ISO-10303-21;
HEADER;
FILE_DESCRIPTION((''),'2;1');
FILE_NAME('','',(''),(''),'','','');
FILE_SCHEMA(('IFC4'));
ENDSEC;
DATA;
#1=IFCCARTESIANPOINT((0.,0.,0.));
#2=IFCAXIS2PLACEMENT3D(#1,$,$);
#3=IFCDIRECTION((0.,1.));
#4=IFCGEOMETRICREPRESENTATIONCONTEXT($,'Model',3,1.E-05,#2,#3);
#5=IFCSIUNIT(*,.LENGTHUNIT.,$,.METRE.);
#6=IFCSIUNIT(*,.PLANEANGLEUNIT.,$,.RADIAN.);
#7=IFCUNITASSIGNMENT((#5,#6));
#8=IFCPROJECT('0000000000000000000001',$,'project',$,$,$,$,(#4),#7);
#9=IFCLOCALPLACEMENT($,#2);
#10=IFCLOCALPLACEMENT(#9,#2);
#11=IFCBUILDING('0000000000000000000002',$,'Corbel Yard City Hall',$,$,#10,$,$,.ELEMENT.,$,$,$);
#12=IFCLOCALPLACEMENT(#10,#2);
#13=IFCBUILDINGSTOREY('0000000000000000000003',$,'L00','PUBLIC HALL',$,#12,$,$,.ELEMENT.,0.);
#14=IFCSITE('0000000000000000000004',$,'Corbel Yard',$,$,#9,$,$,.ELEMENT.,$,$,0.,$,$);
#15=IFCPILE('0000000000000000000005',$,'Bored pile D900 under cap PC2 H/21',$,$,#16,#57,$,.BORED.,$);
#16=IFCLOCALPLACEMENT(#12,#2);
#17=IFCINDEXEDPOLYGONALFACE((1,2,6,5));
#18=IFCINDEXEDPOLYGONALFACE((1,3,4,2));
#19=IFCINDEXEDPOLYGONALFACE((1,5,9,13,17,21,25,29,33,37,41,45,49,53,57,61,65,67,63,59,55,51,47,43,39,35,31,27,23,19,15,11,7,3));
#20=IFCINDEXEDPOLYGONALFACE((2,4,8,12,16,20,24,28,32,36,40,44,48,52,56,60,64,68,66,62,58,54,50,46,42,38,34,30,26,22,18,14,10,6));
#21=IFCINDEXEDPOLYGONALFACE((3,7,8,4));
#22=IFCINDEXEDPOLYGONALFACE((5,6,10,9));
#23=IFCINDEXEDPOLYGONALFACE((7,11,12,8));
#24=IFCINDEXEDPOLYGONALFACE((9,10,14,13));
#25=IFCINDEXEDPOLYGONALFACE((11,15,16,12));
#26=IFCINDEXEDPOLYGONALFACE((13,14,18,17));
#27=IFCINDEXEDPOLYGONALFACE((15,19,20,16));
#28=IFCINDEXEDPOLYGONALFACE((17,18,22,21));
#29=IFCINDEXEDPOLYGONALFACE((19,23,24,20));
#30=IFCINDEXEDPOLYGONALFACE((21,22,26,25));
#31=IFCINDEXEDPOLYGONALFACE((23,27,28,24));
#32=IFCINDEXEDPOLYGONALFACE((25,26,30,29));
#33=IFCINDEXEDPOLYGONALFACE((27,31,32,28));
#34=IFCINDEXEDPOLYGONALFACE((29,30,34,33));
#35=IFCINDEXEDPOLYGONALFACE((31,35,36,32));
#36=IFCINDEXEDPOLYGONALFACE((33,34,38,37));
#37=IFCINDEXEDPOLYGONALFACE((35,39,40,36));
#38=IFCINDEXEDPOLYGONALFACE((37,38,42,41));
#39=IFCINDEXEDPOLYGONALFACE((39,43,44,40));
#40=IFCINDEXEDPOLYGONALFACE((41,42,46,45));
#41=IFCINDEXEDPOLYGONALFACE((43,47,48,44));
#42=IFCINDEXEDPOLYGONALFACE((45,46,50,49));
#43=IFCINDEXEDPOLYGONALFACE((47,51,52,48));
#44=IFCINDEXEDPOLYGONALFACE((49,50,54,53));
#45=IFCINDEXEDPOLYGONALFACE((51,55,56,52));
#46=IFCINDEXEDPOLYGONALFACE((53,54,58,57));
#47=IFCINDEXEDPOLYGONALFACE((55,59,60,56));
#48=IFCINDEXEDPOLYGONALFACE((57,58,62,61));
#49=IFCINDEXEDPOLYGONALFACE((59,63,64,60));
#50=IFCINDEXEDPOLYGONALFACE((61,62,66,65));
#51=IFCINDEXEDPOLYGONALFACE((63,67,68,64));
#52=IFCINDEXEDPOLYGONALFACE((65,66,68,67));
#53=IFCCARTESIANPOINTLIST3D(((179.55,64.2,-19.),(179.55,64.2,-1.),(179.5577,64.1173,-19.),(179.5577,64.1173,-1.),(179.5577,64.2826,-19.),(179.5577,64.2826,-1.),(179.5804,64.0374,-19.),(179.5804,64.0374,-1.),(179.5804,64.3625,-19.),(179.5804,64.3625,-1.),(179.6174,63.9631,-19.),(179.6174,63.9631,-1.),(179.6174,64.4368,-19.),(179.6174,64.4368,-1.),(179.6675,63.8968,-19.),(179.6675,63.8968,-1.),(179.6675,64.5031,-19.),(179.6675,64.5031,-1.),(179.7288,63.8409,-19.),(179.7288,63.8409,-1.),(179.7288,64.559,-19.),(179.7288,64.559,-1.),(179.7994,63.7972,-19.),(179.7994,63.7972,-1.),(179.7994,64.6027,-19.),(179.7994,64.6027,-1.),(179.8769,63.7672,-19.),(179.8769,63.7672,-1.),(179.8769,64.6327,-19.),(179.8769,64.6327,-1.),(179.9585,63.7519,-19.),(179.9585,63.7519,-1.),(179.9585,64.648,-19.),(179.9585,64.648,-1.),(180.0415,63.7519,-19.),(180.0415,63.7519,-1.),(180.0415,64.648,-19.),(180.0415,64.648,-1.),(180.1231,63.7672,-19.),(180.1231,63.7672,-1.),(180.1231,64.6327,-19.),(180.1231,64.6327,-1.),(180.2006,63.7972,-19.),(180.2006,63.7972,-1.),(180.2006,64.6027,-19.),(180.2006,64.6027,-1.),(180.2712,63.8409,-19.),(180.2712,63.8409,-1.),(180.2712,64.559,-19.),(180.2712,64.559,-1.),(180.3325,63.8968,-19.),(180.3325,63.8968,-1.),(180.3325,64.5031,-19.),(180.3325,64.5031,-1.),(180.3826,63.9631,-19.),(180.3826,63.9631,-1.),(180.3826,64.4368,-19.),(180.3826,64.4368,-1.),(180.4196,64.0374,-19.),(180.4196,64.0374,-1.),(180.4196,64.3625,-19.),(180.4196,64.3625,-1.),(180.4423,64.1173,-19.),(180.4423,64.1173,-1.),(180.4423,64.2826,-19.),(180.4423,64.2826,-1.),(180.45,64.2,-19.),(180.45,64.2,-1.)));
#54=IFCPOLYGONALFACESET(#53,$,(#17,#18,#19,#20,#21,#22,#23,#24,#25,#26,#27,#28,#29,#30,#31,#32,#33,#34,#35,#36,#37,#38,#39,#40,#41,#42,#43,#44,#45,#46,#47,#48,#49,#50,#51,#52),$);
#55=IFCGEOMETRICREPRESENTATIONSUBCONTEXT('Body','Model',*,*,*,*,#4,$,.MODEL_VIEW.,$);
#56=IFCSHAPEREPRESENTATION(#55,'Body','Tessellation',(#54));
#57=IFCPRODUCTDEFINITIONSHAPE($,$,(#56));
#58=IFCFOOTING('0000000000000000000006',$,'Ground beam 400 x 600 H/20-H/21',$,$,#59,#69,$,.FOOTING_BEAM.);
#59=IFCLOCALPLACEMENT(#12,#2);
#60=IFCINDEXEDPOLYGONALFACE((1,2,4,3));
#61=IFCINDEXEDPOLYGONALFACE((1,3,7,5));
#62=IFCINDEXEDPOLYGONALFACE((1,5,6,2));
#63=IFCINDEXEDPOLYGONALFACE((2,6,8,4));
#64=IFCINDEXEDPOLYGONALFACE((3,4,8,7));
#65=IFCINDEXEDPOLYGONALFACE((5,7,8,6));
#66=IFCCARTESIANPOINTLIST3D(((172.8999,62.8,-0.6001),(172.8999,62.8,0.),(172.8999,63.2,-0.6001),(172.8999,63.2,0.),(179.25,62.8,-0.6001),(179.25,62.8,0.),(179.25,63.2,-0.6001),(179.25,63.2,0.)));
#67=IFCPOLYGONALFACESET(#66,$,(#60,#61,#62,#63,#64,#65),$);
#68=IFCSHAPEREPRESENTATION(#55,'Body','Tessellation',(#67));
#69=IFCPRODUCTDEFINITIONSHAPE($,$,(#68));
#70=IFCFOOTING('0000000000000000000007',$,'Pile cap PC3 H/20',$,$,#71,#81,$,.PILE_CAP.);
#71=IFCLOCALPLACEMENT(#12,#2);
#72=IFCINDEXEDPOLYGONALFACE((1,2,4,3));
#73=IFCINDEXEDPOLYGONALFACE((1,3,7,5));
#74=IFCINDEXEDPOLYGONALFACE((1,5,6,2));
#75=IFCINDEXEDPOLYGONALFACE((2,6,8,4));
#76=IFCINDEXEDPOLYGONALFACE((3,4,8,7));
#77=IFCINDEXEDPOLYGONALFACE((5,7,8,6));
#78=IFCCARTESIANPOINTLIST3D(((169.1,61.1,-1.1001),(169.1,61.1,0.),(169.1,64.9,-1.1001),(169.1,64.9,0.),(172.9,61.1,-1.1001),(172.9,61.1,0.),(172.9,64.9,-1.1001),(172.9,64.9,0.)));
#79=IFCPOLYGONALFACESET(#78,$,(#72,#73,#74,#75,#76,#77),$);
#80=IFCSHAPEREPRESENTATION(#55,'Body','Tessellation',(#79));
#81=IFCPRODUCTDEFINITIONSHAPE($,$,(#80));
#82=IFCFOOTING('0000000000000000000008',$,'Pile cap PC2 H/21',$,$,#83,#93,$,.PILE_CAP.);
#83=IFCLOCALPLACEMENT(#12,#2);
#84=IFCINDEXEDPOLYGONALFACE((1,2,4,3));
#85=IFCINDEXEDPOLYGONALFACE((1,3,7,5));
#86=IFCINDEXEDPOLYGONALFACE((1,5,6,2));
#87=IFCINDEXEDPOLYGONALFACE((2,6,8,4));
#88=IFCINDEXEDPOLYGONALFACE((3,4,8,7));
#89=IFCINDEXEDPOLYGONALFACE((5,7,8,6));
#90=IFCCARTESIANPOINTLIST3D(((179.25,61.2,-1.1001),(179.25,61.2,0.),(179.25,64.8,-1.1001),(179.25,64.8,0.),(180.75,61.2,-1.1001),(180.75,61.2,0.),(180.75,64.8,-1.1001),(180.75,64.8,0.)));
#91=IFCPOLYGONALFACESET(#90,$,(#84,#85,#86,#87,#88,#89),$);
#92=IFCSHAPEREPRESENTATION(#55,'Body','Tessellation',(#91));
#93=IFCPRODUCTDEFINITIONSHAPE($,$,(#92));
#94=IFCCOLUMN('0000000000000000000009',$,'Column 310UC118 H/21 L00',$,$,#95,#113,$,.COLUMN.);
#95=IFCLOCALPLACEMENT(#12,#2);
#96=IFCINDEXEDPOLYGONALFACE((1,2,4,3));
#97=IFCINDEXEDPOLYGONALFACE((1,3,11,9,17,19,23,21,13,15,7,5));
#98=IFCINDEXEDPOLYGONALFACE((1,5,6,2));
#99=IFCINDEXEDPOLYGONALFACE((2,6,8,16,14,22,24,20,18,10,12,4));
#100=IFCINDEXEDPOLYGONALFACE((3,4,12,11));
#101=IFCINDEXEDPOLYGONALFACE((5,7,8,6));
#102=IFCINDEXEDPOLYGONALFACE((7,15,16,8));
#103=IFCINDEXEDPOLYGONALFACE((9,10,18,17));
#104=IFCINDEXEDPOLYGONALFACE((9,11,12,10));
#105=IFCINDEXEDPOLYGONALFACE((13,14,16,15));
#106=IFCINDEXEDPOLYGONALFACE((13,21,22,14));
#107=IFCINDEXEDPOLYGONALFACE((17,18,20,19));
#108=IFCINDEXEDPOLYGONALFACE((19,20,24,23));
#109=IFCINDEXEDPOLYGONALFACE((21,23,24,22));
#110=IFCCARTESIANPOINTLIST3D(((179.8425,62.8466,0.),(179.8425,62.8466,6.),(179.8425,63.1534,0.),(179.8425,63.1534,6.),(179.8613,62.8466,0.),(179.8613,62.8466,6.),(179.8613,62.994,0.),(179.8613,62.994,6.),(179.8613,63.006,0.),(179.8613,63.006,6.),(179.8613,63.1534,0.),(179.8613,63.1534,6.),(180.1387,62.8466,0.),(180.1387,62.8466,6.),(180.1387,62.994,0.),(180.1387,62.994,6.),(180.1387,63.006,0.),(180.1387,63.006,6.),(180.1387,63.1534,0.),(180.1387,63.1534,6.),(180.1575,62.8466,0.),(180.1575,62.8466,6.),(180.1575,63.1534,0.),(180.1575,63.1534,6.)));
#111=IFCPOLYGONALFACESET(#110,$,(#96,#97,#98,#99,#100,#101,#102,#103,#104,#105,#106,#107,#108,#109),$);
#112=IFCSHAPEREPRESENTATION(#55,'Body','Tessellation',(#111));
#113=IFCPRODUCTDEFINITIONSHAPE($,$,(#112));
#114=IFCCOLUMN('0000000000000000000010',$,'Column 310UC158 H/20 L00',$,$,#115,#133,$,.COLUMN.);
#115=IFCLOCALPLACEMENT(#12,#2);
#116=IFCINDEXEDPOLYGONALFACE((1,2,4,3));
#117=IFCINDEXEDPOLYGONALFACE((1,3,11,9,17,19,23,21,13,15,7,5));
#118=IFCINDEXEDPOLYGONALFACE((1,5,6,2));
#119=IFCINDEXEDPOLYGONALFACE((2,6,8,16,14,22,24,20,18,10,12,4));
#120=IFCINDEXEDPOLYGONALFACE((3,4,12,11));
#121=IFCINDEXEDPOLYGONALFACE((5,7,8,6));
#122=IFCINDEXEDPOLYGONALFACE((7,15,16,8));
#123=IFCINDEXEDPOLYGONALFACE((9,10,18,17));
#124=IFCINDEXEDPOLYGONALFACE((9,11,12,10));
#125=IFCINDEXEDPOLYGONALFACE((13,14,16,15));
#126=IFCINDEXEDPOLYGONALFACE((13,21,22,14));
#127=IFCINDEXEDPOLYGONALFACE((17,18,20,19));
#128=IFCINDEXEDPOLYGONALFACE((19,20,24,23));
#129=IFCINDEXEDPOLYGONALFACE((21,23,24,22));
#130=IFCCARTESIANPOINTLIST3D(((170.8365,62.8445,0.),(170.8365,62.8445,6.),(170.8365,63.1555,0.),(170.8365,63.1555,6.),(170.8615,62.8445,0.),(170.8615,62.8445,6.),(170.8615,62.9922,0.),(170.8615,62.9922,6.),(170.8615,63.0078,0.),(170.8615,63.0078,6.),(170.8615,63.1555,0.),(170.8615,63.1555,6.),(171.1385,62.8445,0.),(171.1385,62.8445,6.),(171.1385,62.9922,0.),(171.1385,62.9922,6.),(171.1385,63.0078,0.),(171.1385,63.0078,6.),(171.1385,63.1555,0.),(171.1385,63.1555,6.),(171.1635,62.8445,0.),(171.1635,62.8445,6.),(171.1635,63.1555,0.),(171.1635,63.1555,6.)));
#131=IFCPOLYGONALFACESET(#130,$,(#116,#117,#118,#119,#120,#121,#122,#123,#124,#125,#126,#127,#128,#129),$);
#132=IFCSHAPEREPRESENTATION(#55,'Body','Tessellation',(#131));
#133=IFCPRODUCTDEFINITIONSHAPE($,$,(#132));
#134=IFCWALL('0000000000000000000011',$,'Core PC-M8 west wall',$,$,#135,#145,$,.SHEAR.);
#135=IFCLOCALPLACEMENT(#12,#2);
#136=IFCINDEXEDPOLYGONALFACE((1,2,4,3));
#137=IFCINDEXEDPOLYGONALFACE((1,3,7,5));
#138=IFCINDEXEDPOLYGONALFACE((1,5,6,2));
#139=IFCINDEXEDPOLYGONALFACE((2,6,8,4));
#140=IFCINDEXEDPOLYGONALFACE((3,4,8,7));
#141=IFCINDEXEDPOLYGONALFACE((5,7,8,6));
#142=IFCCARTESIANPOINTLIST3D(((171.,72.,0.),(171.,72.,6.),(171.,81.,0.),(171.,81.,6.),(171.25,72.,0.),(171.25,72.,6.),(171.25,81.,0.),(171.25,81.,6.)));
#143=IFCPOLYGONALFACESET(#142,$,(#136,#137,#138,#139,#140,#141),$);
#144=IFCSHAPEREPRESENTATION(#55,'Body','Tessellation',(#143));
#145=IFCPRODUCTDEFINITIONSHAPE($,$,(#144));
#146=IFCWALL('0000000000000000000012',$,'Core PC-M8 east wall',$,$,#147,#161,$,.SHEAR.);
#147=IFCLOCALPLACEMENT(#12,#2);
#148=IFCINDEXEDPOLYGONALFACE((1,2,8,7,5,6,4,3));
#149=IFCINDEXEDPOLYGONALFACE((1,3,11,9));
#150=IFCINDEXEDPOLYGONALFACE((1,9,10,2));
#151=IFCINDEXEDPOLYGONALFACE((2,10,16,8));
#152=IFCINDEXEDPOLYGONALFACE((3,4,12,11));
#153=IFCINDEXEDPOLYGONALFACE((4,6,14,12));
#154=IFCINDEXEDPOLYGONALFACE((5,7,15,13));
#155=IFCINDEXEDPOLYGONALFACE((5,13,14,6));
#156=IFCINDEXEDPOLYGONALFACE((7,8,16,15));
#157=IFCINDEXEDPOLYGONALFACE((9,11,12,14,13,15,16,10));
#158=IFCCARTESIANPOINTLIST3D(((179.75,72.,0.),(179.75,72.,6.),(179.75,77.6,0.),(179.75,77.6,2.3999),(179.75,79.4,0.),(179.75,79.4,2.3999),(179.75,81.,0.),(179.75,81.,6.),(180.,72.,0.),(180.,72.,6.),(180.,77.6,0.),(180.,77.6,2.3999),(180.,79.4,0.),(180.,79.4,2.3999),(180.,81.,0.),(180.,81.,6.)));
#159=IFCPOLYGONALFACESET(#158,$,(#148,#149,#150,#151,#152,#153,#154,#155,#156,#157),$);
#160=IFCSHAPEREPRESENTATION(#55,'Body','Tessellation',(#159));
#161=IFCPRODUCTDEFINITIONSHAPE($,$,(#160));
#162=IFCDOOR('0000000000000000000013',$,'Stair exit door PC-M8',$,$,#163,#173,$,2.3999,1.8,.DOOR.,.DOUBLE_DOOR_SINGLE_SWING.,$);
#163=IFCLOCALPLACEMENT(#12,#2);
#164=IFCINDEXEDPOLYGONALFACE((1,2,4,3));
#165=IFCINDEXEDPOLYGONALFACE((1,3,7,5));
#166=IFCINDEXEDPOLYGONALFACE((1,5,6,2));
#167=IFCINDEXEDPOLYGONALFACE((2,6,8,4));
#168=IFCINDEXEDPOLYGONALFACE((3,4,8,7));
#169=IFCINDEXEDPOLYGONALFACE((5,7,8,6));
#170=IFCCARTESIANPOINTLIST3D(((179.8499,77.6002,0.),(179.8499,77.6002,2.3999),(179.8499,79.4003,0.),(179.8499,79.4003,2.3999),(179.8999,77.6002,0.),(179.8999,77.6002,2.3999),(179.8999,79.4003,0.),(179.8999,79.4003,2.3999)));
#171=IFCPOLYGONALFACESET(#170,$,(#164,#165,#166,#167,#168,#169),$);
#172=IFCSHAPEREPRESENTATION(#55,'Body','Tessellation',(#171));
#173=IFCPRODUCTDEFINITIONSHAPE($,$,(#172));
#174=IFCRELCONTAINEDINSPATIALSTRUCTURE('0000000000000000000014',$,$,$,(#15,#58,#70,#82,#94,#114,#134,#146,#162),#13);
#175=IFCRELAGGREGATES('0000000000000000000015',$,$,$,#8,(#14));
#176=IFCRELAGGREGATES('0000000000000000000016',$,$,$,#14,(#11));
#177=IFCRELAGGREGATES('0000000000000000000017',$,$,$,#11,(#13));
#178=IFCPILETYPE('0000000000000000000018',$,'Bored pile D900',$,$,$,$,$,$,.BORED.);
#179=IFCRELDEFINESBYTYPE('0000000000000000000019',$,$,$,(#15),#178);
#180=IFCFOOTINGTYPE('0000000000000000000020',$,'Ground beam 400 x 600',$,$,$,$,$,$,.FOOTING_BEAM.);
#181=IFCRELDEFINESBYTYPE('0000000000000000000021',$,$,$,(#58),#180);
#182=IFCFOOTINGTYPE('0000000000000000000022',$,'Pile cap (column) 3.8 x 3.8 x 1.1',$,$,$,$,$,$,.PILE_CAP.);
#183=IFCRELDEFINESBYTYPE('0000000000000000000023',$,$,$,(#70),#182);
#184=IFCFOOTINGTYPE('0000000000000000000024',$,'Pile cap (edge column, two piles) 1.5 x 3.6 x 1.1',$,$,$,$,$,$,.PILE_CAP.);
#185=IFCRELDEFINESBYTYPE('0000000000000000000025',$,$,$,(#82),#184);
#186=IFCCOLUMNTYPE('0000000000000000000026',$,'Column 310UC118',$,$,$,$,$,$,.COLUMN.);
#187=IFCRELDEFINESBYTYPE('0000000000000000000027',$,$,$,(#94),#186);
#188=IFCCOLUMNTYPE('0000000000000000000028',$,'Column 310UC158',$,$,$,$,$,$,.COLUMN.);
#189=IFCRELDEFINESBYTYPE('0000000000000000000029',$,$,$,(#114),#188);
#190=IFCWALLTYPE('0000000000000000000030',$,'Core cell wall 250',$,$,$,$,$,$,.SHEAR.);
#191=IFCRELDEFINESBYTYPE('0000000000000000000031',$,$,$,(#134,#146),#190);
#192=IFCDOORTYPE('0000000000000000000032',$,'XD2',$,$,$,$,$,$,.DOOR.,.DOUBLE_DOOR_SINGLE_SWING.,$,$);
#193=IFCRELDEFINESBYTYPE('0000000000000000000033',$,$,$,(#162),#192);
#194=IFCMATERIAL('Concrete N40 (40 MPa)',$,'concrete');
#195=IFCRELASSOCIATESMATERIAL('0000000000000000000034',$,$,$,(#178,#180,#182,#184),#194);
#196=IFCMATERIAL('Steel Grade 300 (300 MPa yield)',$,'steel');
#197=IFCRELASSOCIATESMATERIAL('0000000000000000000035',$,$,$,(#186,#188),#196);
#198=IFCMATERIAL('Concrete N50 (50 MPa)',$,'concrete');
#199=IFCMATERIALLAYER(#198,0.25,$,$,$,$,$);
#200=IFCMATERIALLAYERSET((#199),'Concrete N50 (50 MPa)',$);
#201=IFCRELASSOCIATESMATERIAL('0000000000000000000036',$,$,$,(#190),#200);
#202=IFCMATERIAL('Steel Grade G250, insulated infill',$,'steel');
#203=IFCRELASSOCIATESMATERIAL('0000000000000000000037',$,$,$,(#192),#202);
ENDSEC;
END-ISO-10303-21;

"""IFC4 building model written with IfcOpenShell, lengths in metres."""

from ifc_helpers import new_model, si_unit, direction, frame, frame_2d, origin, origin_2d, place, context, subcontext, project, spatial, rectangle, circle, i_section, extrude, material, layer, layer_set, material_profile, profile_set, type_object, element, fill, save


model = new_model("IFC4")

# Units and contexts
model_context = context("Model", 3, precision=1e-05, world=origin(), true_north=direction((0.0, 1.0)))
body_context = subcontext(model_context, "Body", "Model", "MODEL_VIEW")
ifc_project = project(units=[si_unit("LENGTHUNIT", "METRE"), si_unit("PLANEANGLEUNIT", "RADIAN")], contexts=[model_context])

# Site, building, storey
site_placement = place(None, origin())
site = spatial("IfcSite", under=ifc_project, at=site_placement, Name="Corbel Yard", CompositionType="ELEMENT", RefElevation=0.0)
building_placement = place(site_placement, origin())
building = spatial("IfcBuilding", under=site, at=building_placement, Name="Corbel Yard City Hall", CompositionType="ELEMENT")
storey_placement = place(building_placement, origin())
storey = spatial("IfcBuildingStorey", under=building, at=storey_placement, Name="L00", Description="PUBLIC HALL", CompositionType="ELEMENT", Elevation=0.0)

# Pile
ifc_material_1 = material(Name="Concrete N40 (40 MPa)", Category="concrete")
ifc_material_profile_1 = material_profile(ifc_material_1, circle(Radius=0.45, at=origin_2d()), Name="D900")
ifc_profile_set_1 = profile_set([ifc_material_profile_1], Name="Concrete N40 (40 MPa)")
pile_type_1 = type_object("IfcPileType", Name="Bored pile D900", PredefinedType="BORED", material=ifc_profile_set_1)
for number, where, z_axis, x_axis, name in (
    (1, (180.0, 64.2, -1.0), (0.0, 0.0, -1.0), (1.0, 0.0, 0.0), "Bored pile D900 under cap PC2 H/21"),
):
    element("IfcPile", number, at=place(storey_placement, frame(where, z_axis=z_axis, x_axis=x_axis)), inside=storey, type_object=pile_type_1, Name=name, PredefinedType="BORED", context=body_context, shape_type="SweptSolid", body=[
        extrude(circle(Radius=0.45, at=origin_2d()), origin(), (0.0, 0.0, 1.0), 18.0),
    ])

# Footings
footing_type_1 = type_object("IfcFootingType", Name="Ground beam 400 x 600", PredefinedType="FOOTING_BEAM", material=ifc_material_1)
footing_1_placement = place(storey_placement, frame((176.075, 63.0, -0.6001), z_axis=(0.0, 0.0, 1.0), x_axis=(1.0, 0.0, 0.0)))
element("IfcFooting", 2, at=footing_1_placement, inside=storey, type_object=footing_type_1, Name="Ground beam 400 x 600 H/20-H/21", PredefinedType="FOOTING_BEAM", context=body_context, shape_type="SweptSolid", body=[
    extrude(rectangle(XDim=6.3501, YDim=0.3999, at=origin_2d()), origin(), (0.0, 0.0, 1.0), 0.6001),
])
footing_type_2 = type_object("IfcFootingType", Name="Pile cap (column) 3.8 x 3.8 x 1.1", PredefinedType="PILE_CAP", material=ifc_material_1)
footing_2_placement = place(storey_placement, frame((171.0, 63.0, -1.1001), z_axis=(0.0, 0.0, 1.0), x_axis=(1.0, 0.0, 0.0)))
element("IfcFooting", 3, at=footing_2_placement, inside=storey, type_object=footing_type_2, Name="Pile cap PC3 H/20", PredefinedType="PILE_CAP", context=body_context, shape_type="SweptSolid", body=[
    extrude(rectangle(XDim=3.8, YDim=3.8, at=origin_2d()), origin(), (0.0, 0.0, 1.0), 1.1001),
])
footing_type_3 = type_object("IfcFootingType", Name="Pile cap (edge column, two piles) 1.5 x 3.6 x 1.1", PredefinedType="PILE_CAP", material=ifc_material_1)
footing_3_placement = place(storey_placement, frame((180.0, 63.0, -1.1001), z_axis=(0.0, 0.0, 1.0), x_axis=(1.0, 0.0, 0.0)))
element("IfcFooting", 4, at=footing_3_placement, inside=storey, type_object=footing_type_3, Name="Pile cap PC2 H/21", PredefinedType="PILE_CAP", context=body_context, shape_type="SweptSolid", body=[
    extrude(rectangle(XDim=1.5, YDim=3.6001, at=origin_2d()), origin(), (0.0, 0.0, 1.0), 1.1001),
])

# Columns
ifc_material_2 = material(Name="Steel Grade 300 (300 MPa yield)", Category="steel")
ifc_material_profile_2 = material_profile(ifc_material_2, i_section(OverallWidth=0.3069, OverallDepth=0.3149, WebThickness=0.012, FlangeThickness=0.0188, at=origin_2d()), Name="310UC118")
ifc_profile_set_2 = profile_set([ifc_material_profile_2], Name="Steel Grade 300 (300 MPa yield)")
column_type_1 = type_object("IfcColumnType", Name="Column 310UC118", PredefinedType="COLUMN", material=ifc_profile_set_2)
column_1_placement = place(storey_placement, frame((180.0, 63.0, 0.0), z_axis=(0.0, 0.0, 1.0), x_axis=(0.0, 1.0, 0.0)))
element("IfcColumn", 5, at=column_1_placement, inside=storey, type_object=column_type_1, Name="Column 310UC118 H/21 L00", PredefinedType="COLUMN", context=body_context, shape_type="SweptSolid", body=[
    extrude(i_section(OverallWidth=0.3069, OverallDepth=0.3149, WebThickness=0.012, FlangeThickness=0.0188, at=origin_2d()), origin(), (0.0, 0.0, 1.0), 6.0),
])
ifc_material_profile_3 = material_profile(ifc_material_2, i_section(OverallWidth=0.311, OverallDepth=0.3269, WebThickness=0.0156, FlangeThickness=0.0249, at=origin_2d()), Name="310UC158")
ifc_profile_set_3 = profile_set([ifc_material_profile_3], Name="Steel Grade 300 (300 MPa yield)")
column_type_2 = type_object("IfcColumnType", Name="Column 310UC158", PredefinedType="COLUMN", material=ifc_profile_set_3)
column_2_placement = place(storey_placement, frame((171.0, 63.0, 0.0), z_axis=(0.0, 0.0, 1.0), x_axis=(0.0, 1.0, 0.0)))
element("IfcColumn", 6, at=column_2_placement, inside=storey, type_object=column_type_2, Name="Column 310UC158 H/20 L00", PredefinedType="COLUMN", context=body_context, shape_type="SweptSolid", body=[
    extrude(i_section(OverallWidth=0.311, OverallDepth=0.3269, WebThickness=0.0156, FlangeThickness=0.0249, at=origin_2d()), origin(), (0.0, 0.0, 1.0), 6.0),
])

# Wall
ifc_material_3 = material(Name="Concrete N50 (50 MPa)", Category="concrete")
ifc_layer_1 = layer(ifc_material_3, 0.25)
ifc_layer_set_1 = layer_set([ifc_layer_1], Name="Concrete N50 (50 MPa)")
wall_type_1 = type_object("IfcWallType", Name="Core cell wall 250", PredefinedType="SHEAR", material=ifc_layer_set_1)
wall_1_placement = place(storey_placement, frame((171.125, 72.0, 0.0), z_axis=(0.0, 0.0, 1.0), x_axis=(0.0, 1.0, 0.0)))
element("IfcWall", 7, at=wall_1_placement, inside=storey, type_object=wall_type_1, Name="Core PC-M8 west wall", PredefinedType="SHEAR", context=body_context, shape_type="SweptSolid", body=[
    extrude(rectangle(XDim=9.0, YDim=0.25, at=frame_2d((4.5, 0.0))), origin(), (0.0, 0.0, 1.0), 6.0),
])

# Wall, opening, door
wall_2_placement = place(storey_placement, frame((179.875, 72.0, 0.0), z_axis=(0.0, 0.0, 1.0), x_axis=(0.0, 1.0, 0.0)))
wall_2 = element("IfcWall", 8, at=wall_2_placement, inside=storey, type_object=wall_type_1, Name="Core PC-M8 east wall", PredefinedType="SHEAR", context=body_context, shape_type="SweptSolid", body=[
    extrude(rectangle(XDim=9.0, YDim=0.25, at=frame_2d((4.5, 0.0))), origin(), (0.0, 0.0, 1.0), 6.0),
])
opening_1_placement = place(wall_2_placement, frame((5.6001, 0.0, 0.0)))
opening_1 = element("IfcOpeningElement", 9, at=opening_1_placement, cuts=wall_2, PredefinedType="OPENING", context=body_context, shape_type="SweptSolid", body=[
    extrude(rectangle(XDim=1.8, YDim=2.3999, at=frame_2d((0.8999, 1.2))), frame((0.0, 0.135, 0.0), z_axis=(0.0, -1.0, 0.0), x_axis=(1.0, 0.0, 0.0)), (0.0, 0.0, 1.0), 0.27),
])
ifc_material_4 = material(Name="Steel Grade G250, insulated infill", Category="steel")
door_type_1 = type_object("IfcDoorType", Name="XD2", OperationType="DOUBLE_DOOR_SINGLE_SWING", PredefinedType="DOOR", material=ifc_material_4)
door_1_placement = place(opening_1_placement, frame((1.8, 0.0, 0.0), z_axis=(0.0, 0.0, 1.0), x_axis=(-1.0, 0.0, 0.0)))
door_1 = element("IfcDoor", 10, at=door_1_placement, inside=storey, type_object=door_type_1, Name="Stair exit door PC-M8", OperationType="DOUBLE_DOOR_SINGLE_SWING", OverallHeight=2.3999, OverallWidth=1.8, PredefinedType="DOOR", context=body_context, shape_type="SweptSolid", body=[
    extrude(rectangle(XDim=1.8, YDim=2.3999, at=frame_2d((0.8999, 1.2))), frame((0.0, 0.0249, 0.0), z_axis=(0.0, -1.0, 0.0), x_axis=(1.0, 0.0, 0.0)), (0.0, 0.0, 1.0), 0.05),
])
fill(opening_1, door_1)

save(model, "model.ifc")
